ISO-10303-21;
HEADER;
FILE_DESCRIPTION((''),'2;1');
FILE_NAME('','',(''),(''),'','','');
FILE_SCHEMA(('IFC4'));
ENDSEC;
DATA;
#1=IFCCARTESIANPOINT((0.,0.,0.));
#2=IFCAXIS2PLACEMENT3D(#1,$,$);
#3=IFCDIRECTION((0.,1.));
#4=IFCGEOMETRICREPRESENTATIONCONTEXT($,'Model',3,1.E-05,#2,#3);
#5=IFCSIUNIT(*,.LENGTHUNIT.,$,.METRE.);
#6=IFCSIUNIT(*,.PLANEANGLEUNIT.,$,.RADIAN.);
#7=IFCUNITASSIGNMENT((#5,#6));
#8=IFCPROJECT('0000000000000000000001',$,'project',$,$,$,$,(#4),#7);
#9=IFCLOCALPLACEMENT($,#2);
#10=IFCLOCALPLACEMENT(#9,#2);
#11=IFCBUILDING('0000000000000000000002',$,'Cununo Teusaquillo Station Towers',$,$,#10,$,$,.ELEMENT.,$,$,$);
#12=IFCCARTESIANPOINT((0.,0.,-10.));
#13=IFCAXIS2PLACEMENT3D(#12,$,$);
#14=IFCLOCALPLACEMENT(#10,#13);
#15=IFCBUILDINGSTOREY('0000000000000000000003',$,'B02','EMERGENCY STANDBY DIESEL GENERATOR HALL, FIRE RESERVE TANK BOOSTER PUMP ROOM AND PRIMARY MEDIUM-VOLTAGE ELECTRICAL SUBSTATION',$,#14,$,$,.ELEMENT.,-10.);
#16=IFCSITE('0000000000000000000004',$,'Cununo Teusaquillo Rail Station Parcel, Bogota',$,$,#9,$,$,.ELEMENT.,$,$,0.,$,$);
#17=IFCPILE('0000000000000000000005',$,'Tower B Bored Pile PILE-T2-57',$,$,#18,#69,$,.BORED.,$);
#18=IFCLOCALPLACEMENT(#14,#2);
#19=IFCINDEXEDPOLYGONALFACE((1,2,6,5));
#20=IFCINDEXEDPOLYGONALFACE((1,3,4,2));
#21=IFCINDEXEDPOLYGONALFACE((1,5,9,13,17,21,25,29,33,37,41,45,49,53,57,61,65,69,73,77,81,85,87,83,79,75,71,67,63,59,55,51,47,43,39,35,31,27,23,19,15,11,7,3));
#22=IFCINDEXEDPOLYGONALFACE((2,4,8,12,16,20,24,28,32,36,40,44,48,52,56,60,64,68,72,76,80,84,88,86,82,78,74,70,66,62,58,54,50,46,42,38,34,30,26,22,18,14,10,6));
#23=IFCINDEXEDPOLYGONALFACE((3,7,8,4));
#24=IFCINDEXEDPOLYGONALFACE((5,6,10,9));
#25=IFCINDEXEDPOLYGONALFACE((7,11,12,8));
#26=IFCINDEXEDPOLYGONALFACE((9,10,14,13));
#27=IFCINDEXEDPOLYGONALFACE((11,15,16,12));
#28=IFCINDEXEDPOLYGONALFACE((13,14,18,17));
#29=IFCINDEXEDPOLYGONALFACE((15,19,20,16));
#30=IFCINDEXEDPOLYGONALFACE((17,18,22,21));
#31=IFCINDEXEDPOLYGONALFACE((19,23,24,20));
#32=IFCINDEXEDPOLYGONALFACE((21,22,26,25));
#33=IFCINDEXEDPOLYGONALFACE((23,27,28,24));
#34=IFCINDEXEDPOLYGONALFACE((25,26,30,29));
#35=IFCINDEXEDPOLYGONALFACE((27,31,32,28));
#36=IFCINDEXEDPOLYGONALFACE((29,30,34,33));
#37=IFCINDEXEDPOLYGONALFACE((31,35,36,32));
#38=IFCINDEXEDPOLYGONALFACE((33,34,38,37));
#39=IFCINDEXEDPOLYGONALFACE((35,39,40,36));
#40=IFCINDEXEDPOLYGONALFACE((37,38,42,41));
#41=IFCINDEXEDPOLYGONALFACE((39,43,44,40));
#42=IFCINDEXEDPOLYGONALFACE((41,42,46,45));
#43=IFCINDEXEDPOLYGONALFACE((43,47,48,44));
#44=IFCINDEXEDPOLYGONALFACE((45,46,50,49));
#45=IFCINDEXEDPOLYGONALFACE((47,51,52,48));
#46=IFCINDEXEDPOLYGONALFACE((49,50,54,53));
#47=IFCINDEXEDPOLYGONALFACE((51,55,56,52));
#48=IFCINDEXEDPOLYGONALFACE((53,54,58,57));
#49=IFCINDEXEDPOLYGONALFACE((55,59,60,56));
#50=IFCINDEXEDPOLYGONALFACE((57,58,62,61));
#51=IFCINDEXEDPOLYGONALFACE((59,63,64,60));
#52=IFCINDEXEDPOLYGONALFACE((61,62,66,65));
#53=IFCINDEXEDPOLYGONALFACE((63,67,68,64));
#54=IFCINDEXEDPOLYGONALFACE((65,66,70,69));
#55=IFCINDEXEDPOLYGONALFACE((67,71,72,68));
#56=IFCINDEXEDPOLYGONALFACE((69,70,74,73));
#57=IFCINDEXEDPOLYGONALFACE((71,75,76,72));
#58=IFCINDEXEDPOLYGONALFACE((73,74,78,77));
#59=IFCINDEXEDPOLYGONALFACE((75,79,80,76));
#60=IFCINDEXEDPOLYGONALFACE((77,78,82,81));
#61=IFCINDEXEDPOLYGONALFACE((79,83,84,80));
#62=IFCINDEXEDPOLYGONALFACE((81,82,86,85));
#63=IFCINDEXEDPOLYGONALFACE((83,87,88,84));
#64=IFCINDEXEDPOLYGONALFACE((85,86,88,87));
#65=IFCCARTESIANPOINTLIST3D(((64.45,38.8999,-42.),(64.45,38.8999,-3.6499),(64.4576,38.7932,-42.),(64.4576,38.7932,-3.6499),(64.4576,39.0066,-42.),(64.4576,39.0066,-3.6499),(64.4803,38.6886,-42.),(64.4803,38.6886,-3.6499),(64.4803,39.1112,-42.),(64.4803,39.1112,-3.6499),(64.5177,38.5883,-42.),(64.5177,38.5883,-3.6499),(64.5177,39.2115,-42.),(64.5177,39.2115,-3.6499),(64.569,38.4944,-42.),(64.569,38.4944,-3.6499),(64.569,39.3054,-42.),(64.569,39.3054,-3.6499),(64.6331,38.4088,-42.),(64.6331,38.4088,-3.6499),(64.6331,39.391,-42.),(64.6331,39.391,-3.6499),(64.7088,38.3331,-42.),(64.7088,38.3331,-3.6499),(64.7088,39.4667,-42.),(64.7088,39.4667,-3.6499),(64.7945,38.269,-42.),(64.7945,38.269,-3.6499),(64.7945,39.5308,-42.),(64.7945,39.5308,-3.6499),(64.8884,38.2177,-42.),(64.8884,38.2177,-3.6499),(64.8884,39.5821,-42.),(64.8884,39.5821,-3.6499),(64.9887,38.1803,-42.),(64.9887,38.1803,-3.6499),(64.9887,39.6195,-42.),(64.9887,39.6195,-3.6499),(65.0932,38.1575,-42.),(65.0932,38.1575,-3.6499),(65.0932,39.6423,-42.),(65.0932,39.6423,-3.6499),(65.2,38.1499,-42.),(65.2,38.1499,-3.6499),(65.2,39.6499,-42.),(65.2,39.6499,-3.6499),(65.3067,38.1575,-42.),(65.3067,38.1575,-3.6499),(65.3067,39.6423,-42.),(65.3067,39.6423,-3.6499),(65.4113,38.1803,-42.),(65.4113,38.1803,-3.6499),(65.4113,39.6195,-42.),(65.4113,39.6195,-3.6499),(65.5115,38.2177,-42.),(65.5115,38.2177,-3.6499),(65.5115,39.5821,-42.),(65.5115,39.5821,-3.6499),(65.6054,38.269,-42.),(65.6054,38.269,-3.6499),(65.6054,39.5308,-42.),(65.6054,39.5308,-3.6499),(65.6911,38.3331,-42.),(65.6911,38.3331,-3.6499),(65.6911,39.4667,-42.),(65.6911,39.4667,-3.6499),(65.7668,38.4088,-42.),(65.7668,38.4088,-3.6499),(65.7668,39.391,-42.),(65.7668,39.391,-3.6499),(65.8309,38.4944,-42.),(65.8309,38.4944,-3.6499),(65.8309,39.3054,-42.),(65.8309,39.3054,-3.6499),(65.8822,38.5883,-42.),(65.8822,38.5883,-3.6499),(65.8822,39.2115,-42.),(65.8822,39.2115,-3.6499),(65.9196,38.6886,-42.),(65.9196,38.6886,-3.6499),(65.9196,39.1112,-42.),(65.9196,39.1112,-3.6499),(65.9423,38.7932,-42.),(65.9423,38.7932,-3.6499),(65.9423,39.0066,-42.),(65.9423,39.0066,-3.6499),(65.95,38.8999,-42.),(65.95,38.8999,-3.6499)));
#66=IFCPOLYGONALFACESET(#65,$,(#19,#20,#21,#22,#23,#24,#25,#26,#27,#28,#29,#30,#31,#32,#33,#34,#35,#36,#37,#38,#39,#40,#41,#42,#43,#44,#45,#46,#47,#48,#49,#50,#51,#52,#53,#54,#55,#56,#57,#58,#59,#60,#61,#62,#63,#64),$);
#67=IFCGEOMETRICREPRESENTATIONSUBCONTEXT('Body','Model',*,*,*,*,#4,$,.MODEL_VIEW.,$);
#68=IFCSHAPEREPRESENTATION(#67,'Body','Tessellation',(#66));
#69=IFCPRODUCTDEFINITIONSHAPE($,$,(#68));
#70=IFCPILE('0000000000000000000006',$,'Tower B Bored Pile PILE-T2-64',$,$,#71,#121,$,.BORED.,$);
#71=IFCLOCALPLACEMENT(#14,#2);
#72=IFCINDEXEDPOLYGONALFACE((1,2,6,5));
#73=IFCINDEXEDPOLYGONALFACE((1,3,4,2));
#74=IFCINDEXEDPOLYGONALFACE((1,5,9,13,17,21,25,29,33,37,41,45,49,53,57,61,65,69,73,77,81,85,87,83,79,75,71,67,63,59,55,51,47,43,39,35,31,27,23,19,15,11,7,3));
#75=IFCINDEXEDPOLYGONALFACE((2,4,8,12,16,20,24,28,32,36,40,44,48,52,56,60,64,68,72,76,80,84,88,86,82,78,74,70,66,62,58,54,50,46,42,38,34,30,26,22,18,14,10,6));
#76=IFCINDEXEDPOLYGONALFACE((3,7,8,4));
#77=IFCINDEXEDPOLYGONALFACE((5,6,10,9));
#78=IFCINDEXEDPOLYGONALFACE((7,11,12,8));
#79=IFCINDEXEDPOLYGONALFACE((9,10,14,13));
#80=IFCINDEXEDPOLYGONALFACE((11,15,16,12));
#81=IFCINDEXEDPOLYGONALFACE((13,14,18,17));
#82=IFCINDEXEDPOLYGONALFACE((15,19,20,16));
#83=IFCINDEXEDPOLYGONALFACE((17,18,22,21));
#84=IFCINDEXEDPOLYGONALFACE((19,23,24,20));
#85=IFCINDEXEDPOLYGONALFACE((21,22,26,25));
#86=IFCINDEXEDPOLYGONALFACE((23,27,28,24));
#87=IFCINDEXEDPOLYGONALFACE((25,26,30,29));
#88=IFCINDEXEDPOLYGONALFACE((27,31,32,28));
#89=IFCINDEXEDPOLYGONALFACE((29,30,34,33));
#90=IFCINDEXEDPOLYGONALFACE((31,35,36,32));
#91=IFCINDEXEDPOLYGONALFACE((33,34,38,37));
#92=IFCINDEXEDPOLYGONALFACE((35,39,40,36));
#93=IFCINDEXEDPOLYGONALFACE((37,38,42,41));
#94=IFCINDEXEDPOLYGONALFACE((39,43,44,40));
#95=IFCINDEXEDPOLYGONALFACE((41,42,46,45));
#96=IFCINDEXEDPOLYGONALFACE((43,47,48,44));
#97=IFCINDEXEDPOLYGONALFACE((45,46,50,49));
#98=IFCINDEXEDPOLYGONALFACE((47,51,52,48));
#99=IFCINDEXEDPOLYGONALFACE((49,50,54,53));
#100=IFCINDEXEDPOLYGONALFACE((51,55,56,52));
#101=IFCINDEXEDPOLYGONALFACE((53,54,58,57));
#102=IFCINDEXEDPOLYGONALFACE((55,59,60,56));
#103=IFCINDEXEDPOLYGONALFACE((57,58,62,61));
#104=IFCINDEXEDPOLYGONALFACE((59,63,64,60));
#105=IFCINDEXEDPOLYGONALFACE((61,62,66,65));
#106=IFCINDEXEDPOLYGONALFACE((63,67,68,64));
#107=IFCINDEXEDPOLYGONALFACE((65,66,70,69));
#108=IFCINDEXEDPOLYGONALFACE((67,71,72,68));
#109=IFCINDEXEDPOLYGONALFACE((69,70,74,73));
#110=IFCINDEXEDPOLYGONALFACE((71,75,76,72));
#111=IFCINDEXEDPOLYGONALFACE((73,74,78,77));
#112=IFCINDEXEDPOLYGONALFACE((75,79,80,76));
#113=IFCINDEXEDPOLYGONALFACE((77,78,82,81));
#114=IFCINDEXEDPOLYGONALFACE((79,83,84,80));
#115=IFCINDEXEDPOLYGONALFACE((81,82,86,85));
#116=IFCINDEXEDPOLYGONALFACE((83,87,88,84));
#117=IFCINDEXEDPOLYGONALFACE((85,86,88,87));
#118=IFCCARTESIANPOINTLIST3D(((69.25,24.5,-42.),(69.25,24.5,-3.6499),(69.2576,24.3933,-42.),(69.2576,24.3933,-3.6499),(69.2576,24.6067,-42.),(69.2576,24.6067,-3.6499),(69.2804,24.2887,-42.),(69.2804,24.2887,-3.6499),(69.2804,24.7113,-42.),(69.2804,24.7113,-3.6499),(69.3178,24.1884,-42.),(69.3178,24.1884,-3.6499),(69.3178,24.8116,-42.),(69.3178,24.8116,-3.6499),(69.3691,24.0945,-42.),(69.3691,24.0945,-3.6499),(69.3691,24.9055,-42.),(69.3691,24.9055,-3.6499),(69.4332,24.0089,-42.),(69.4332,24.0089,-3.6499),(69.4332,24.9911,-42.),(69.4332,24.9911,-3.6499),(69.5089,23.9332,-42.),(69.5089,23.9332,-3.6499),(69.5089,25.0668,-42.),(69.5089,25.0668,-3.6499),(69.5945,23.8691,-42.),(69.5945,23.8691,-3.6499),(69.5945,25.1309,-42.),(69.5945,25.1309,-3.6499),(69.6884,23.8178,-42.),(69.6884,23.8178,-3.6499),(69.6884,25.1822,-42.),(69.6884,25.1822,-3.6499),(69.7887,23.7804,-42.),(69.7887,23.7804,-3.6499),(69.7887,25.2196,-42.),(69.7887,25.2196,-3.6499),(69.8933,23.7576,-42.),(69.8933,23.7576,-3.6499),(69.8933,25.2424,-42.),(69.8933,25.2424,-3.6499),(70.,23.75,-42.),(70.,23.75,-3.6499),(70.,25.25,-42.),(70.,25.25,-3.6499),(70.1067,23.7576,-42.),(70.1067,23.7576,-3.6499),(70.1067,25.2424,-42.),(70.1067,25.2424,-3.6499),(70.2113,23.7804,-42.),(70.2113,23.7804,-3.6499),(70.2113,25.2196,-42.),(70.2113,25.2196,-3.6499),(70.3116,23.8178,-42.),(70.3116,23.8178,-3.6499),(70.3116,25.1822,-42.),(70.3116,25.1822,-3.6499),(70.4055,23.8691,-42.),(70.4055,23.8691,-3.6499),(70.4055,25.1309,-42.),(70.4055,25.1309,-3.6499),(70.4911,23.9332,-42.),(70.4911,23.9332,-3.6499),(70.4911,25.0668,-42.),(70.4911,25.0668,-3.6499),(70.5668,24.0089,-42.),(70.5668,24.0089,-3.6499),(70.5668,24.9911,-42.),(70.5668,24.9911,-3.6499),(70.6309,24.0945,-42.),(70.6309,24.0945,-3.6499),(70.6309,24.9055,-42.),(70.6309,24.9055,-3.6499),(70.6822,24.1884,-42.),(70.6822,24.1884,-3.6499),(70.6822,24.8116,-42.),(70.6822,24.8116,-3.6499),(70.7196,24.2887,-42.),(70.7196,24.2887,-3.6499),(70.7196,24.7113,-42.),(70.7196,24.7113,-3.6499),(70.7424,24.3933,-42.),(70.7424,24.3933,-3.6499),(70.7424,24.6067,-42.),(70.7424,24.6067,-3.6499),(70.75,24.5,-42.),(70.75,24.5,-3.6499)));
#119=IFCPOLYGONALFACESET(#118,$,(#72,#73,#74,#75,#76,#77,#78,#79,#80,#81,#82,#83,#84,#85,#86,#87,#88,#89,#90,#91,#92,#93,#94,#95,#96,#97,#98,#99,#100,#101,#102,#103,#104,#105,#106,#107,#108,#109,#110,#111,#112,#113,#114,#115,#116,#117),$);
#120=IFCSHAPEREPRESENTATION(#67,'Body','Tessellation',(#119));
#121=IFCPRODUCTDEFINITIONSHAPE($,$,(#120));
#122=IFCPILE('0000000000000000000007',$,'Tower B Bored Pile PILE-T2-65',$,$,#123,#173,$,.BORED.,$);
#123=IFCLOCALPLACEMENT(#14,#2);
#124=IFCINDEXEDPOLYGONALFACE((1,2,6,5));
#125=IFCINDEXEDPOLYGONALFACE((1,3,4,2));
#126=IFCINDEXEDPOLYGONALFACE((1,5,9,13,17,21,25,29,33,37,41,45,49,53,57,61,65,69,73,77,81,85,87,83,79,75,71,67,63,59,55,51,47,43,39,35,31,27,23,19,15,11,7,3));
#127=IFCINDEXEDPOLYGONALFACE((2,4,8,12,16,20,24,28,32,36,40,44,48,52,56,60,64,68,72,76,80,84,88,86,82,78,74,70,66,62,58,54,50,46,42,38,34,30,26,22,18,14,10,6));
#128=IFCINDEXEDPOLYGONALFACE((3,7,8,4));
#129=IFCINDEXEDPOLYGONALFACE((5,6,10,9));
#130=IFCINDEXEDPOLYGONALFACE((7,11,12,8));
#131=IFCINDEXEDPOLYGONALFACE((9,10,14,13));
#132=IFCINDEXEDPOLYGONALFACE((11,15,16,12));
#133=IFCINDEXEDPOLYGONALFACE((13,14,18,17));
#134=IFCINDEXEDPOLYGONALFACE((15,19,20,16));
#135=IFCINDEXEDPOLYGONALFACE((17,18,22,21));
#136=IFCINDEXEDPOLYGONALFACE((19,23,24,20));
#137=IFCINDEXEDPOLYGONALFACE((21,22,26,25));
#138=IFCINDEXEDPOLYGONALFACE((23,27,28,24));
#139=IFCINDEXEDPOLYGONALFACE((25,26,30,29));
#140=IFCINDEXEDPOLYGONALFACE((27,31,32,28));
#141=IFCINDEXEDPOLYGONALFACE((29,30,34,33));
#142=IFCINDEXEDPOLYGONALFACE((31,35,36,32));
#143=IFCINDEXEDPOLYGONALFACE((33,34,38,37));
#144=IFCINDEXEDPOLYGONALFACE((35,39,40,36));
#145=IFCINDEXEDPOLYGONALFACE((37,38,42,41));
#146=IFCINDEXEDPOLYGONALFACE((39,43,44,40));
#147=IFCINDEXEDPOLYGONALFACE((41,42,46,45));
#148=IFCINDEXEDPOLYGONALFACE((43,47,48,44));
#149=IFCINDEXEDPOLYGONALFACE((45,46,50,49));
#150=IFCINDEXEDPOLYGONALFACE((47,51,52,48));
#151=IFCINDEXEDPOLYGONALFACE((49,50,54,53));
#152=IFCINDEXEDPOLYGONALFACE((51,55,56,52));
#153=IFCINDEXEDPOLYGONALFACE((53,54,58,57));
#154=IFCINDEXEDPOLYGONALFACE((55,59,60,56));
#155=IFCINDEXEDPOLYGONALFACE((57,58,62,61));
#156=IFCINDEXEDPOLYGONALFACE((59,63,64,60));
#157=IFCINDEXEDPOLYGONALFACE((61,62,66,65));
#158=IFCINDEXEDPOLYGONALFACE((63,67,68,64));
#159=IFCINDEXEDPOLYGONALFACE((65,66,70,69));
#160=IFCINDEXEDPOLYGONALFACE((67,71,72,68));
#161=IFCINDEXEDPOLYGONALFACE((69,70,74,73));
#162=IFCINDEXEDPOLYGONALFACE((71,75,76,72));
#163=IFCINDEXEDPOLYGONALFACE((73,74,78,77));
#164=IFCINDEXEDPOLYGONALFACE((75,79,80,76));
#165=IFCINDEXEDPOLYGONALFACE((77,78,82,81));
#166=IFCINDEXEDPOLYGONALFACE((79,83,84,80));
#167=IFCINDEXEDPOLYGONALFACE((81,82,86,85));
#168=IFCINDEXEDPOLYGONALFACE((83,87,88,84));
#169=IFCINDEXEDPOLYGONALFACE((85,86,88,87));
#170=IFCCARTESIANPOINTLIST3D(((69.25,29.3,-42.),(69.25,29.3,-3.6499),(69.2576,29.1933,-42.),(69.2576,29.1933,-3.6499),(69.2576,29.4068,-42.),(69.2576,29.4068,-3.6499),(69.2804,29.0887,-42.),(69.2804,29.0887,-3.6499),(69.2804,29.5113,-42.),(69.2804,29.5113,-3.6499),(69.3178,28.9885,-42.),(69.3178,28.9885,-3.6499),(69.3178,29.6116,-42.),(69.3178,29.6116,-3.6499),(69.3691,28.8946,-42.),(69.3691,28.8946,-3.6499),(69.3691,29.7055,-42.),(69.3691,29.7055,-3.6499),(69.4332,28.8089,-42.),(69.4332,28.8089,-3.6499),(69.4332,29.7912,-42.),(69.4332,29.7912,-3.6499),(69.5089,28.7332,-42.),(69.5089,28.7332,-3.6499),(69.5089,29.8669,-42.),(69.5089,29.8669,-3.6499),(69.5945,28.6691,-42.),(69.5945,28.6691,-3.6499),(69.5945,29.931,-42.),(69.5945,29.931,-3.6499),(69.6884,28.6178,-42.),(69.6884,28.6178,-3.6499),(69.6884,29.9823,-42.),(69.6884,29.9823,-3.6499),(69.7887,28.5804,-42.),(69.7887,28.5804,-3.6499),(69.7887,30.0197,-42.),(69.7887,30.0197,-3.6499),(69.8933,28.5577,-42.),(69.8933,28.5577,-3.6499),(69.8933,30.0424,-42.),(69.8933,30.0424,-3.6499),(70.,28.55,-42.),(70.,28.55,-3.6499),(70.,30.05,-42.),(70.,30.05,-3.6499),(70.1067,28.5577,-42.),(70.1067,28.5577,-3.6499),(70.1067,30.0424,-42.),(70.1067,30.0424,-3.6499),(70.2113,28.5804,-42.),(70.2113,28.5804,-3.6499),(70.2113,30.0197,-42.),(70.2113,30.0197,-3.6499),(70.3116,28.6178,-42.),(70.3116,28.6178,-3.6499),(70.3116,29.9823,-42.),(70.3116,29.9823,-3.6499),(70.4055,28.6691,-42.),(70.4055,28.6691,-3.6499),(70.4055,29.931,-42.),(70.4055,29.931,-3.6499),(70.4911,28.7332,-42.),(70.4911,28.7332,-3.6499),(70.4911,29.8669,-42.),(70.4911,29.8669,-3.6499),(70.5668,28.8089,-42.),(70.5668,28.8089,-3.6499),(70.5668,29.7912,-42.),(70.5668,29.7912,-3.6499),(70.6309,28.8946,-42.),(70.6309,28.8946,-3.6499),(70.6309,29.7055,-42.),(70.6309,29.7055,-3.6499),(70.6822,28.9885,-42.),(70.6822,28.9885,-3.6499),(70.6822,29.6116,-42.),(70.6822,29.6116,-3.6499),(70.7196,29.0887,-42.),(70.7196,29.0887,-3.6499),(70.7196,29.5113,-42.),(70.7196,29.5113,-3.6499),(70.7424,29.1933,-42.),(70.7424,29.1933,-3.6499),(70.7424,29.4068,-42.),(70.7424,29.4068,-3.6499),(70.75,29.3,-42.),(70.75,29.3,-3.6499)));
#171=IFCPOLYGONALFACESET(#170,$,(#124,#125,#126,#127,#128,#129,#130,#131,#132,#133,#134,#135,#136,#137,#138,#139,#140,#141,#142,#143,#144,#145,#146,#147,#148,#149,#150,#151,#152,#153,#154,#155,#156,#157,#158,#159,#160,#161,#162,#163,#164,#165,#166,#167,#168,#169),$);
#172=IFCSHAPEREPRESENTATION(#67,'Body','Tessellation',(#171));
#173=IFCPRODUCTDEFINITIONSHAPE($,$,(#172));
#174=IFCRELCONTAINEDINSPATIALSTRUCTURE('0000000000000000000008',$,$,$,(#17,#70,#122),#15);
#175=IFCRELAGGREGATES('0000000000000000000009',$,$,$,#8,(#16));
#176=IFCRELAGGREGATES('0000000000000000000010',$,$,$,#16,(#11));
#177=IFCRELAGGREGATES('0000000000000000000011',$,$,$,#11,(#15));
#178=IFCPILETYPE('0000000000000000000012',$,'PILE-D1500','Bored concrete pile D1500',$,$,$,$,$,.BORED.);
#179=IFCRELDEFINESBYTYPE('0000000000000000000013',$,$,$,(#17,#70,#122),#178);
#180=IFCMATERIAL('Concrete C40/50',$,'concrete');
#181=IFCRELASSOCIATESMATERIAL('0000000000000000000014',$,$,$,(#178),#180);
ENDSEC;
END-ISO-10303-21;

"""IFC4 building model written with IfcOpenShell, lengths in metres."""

from ifc_helpers import new_model, si_unit, direction, frame, origin, origin_2d, place, context, subcontext, project, spatial, circle, extrude, material, material_profile, profile_set, type_object, element, save


model = new_model("IFC4")

# Units and contexts
model_context = context("Model", 3, precision=1e-05, world=origin(), true_north=direction((0.0, 1.0)))
body_context = subcontext(model_context, "Body", "Model", "MODEL_VIEW")
ifc_project = project(units=[si_unit("LENGTHUNIT", "METRE"), si_unit("PLANEANGLEUNIT", "RADIAN")], contexts=[model_context])

# Site, building, storey
site_placement = place(None, origin())
site = spatial("IfcSite", under=ifc_project, at=site_placement, Name="Cununo Teusaquillo Rail Station Parcel, Bogota", CompositionType="ELEMENT", RefElevation=0.0)
building_placement = place(site_placement, origin())
building = spatial("IfcBuilding", under=site, at=building_placement, Name="Cununo Teusaquillo Station Towers", CompositionType="ELEMENT")
storey_placement = place(building_placement, frame((0.0, 0.0, -10.0)))
storey = spatial("IfcBuildingStorey", under=building, at=storey_placement, Name="B02", Description="EMERGENCY STANDBY DIESEL GENERATOR HALL, FIRE RESERVE TANK BOOSTER PUMP ROOM AND PRIMARY MEDIUM-VOLTAGE ELECTRICAL SUBSTATION", CompositionType="ELEMENT", Elevation=-10.0)

# Piles
ifc_material_1 = material(Name="Concrete C40/50", Category="concrete")
ifc_material_profile_1 = material_profile(ifc_material_1, circle(Radius=0.75, at=origin_2d()), Name="PILE-BORED-1500")
ifc_profile_set_1 = profile_set([ifc_material_profile_1], Name="Concrete C40/50")
pile_type = type_object("IfcPileType", Name="PILE-D1500", Description="Bored concrete pile D1500", PredefinedType="BORED", material=ifc_profile_set_1)
for number, where, z_axis, x_axis, name in (
    (1, (65.2, 38.8999, -3.6499), (0.0, 0.0, -1.0), (1.0, 0.0, 0.0), "Tower B Bored Pile PILE-T2-57"),
    (2, (70.0, 24.5, -3.6499), (0.0, 0.0, -1.0), (1.0, 0.0, 0.0), "Tower B Bored Pile PILE-T2-64"),
    (3, (70.0, 29.3, -3.6499), (0.0, 0.0, -1.0), (1.0, 0.0, 0.0), "Tower B Bored Pile PILE-T2-65"),
):
    element("IfcPile", number, at=place(storey_placement, frame(where, z_axis=z_axis, x_axis=x_axis)), inside=storey, type_object=pile_type, Name=name, PredefinedType="BORED", context=body_context, shape_type="SweptSolid", body=[
        extrude(circle(Radius=0.75, at=origin_2d()), origin(), (0.0, 0.0, 1.0), 38.3501),
    ])

save(model, "model.ifc")
